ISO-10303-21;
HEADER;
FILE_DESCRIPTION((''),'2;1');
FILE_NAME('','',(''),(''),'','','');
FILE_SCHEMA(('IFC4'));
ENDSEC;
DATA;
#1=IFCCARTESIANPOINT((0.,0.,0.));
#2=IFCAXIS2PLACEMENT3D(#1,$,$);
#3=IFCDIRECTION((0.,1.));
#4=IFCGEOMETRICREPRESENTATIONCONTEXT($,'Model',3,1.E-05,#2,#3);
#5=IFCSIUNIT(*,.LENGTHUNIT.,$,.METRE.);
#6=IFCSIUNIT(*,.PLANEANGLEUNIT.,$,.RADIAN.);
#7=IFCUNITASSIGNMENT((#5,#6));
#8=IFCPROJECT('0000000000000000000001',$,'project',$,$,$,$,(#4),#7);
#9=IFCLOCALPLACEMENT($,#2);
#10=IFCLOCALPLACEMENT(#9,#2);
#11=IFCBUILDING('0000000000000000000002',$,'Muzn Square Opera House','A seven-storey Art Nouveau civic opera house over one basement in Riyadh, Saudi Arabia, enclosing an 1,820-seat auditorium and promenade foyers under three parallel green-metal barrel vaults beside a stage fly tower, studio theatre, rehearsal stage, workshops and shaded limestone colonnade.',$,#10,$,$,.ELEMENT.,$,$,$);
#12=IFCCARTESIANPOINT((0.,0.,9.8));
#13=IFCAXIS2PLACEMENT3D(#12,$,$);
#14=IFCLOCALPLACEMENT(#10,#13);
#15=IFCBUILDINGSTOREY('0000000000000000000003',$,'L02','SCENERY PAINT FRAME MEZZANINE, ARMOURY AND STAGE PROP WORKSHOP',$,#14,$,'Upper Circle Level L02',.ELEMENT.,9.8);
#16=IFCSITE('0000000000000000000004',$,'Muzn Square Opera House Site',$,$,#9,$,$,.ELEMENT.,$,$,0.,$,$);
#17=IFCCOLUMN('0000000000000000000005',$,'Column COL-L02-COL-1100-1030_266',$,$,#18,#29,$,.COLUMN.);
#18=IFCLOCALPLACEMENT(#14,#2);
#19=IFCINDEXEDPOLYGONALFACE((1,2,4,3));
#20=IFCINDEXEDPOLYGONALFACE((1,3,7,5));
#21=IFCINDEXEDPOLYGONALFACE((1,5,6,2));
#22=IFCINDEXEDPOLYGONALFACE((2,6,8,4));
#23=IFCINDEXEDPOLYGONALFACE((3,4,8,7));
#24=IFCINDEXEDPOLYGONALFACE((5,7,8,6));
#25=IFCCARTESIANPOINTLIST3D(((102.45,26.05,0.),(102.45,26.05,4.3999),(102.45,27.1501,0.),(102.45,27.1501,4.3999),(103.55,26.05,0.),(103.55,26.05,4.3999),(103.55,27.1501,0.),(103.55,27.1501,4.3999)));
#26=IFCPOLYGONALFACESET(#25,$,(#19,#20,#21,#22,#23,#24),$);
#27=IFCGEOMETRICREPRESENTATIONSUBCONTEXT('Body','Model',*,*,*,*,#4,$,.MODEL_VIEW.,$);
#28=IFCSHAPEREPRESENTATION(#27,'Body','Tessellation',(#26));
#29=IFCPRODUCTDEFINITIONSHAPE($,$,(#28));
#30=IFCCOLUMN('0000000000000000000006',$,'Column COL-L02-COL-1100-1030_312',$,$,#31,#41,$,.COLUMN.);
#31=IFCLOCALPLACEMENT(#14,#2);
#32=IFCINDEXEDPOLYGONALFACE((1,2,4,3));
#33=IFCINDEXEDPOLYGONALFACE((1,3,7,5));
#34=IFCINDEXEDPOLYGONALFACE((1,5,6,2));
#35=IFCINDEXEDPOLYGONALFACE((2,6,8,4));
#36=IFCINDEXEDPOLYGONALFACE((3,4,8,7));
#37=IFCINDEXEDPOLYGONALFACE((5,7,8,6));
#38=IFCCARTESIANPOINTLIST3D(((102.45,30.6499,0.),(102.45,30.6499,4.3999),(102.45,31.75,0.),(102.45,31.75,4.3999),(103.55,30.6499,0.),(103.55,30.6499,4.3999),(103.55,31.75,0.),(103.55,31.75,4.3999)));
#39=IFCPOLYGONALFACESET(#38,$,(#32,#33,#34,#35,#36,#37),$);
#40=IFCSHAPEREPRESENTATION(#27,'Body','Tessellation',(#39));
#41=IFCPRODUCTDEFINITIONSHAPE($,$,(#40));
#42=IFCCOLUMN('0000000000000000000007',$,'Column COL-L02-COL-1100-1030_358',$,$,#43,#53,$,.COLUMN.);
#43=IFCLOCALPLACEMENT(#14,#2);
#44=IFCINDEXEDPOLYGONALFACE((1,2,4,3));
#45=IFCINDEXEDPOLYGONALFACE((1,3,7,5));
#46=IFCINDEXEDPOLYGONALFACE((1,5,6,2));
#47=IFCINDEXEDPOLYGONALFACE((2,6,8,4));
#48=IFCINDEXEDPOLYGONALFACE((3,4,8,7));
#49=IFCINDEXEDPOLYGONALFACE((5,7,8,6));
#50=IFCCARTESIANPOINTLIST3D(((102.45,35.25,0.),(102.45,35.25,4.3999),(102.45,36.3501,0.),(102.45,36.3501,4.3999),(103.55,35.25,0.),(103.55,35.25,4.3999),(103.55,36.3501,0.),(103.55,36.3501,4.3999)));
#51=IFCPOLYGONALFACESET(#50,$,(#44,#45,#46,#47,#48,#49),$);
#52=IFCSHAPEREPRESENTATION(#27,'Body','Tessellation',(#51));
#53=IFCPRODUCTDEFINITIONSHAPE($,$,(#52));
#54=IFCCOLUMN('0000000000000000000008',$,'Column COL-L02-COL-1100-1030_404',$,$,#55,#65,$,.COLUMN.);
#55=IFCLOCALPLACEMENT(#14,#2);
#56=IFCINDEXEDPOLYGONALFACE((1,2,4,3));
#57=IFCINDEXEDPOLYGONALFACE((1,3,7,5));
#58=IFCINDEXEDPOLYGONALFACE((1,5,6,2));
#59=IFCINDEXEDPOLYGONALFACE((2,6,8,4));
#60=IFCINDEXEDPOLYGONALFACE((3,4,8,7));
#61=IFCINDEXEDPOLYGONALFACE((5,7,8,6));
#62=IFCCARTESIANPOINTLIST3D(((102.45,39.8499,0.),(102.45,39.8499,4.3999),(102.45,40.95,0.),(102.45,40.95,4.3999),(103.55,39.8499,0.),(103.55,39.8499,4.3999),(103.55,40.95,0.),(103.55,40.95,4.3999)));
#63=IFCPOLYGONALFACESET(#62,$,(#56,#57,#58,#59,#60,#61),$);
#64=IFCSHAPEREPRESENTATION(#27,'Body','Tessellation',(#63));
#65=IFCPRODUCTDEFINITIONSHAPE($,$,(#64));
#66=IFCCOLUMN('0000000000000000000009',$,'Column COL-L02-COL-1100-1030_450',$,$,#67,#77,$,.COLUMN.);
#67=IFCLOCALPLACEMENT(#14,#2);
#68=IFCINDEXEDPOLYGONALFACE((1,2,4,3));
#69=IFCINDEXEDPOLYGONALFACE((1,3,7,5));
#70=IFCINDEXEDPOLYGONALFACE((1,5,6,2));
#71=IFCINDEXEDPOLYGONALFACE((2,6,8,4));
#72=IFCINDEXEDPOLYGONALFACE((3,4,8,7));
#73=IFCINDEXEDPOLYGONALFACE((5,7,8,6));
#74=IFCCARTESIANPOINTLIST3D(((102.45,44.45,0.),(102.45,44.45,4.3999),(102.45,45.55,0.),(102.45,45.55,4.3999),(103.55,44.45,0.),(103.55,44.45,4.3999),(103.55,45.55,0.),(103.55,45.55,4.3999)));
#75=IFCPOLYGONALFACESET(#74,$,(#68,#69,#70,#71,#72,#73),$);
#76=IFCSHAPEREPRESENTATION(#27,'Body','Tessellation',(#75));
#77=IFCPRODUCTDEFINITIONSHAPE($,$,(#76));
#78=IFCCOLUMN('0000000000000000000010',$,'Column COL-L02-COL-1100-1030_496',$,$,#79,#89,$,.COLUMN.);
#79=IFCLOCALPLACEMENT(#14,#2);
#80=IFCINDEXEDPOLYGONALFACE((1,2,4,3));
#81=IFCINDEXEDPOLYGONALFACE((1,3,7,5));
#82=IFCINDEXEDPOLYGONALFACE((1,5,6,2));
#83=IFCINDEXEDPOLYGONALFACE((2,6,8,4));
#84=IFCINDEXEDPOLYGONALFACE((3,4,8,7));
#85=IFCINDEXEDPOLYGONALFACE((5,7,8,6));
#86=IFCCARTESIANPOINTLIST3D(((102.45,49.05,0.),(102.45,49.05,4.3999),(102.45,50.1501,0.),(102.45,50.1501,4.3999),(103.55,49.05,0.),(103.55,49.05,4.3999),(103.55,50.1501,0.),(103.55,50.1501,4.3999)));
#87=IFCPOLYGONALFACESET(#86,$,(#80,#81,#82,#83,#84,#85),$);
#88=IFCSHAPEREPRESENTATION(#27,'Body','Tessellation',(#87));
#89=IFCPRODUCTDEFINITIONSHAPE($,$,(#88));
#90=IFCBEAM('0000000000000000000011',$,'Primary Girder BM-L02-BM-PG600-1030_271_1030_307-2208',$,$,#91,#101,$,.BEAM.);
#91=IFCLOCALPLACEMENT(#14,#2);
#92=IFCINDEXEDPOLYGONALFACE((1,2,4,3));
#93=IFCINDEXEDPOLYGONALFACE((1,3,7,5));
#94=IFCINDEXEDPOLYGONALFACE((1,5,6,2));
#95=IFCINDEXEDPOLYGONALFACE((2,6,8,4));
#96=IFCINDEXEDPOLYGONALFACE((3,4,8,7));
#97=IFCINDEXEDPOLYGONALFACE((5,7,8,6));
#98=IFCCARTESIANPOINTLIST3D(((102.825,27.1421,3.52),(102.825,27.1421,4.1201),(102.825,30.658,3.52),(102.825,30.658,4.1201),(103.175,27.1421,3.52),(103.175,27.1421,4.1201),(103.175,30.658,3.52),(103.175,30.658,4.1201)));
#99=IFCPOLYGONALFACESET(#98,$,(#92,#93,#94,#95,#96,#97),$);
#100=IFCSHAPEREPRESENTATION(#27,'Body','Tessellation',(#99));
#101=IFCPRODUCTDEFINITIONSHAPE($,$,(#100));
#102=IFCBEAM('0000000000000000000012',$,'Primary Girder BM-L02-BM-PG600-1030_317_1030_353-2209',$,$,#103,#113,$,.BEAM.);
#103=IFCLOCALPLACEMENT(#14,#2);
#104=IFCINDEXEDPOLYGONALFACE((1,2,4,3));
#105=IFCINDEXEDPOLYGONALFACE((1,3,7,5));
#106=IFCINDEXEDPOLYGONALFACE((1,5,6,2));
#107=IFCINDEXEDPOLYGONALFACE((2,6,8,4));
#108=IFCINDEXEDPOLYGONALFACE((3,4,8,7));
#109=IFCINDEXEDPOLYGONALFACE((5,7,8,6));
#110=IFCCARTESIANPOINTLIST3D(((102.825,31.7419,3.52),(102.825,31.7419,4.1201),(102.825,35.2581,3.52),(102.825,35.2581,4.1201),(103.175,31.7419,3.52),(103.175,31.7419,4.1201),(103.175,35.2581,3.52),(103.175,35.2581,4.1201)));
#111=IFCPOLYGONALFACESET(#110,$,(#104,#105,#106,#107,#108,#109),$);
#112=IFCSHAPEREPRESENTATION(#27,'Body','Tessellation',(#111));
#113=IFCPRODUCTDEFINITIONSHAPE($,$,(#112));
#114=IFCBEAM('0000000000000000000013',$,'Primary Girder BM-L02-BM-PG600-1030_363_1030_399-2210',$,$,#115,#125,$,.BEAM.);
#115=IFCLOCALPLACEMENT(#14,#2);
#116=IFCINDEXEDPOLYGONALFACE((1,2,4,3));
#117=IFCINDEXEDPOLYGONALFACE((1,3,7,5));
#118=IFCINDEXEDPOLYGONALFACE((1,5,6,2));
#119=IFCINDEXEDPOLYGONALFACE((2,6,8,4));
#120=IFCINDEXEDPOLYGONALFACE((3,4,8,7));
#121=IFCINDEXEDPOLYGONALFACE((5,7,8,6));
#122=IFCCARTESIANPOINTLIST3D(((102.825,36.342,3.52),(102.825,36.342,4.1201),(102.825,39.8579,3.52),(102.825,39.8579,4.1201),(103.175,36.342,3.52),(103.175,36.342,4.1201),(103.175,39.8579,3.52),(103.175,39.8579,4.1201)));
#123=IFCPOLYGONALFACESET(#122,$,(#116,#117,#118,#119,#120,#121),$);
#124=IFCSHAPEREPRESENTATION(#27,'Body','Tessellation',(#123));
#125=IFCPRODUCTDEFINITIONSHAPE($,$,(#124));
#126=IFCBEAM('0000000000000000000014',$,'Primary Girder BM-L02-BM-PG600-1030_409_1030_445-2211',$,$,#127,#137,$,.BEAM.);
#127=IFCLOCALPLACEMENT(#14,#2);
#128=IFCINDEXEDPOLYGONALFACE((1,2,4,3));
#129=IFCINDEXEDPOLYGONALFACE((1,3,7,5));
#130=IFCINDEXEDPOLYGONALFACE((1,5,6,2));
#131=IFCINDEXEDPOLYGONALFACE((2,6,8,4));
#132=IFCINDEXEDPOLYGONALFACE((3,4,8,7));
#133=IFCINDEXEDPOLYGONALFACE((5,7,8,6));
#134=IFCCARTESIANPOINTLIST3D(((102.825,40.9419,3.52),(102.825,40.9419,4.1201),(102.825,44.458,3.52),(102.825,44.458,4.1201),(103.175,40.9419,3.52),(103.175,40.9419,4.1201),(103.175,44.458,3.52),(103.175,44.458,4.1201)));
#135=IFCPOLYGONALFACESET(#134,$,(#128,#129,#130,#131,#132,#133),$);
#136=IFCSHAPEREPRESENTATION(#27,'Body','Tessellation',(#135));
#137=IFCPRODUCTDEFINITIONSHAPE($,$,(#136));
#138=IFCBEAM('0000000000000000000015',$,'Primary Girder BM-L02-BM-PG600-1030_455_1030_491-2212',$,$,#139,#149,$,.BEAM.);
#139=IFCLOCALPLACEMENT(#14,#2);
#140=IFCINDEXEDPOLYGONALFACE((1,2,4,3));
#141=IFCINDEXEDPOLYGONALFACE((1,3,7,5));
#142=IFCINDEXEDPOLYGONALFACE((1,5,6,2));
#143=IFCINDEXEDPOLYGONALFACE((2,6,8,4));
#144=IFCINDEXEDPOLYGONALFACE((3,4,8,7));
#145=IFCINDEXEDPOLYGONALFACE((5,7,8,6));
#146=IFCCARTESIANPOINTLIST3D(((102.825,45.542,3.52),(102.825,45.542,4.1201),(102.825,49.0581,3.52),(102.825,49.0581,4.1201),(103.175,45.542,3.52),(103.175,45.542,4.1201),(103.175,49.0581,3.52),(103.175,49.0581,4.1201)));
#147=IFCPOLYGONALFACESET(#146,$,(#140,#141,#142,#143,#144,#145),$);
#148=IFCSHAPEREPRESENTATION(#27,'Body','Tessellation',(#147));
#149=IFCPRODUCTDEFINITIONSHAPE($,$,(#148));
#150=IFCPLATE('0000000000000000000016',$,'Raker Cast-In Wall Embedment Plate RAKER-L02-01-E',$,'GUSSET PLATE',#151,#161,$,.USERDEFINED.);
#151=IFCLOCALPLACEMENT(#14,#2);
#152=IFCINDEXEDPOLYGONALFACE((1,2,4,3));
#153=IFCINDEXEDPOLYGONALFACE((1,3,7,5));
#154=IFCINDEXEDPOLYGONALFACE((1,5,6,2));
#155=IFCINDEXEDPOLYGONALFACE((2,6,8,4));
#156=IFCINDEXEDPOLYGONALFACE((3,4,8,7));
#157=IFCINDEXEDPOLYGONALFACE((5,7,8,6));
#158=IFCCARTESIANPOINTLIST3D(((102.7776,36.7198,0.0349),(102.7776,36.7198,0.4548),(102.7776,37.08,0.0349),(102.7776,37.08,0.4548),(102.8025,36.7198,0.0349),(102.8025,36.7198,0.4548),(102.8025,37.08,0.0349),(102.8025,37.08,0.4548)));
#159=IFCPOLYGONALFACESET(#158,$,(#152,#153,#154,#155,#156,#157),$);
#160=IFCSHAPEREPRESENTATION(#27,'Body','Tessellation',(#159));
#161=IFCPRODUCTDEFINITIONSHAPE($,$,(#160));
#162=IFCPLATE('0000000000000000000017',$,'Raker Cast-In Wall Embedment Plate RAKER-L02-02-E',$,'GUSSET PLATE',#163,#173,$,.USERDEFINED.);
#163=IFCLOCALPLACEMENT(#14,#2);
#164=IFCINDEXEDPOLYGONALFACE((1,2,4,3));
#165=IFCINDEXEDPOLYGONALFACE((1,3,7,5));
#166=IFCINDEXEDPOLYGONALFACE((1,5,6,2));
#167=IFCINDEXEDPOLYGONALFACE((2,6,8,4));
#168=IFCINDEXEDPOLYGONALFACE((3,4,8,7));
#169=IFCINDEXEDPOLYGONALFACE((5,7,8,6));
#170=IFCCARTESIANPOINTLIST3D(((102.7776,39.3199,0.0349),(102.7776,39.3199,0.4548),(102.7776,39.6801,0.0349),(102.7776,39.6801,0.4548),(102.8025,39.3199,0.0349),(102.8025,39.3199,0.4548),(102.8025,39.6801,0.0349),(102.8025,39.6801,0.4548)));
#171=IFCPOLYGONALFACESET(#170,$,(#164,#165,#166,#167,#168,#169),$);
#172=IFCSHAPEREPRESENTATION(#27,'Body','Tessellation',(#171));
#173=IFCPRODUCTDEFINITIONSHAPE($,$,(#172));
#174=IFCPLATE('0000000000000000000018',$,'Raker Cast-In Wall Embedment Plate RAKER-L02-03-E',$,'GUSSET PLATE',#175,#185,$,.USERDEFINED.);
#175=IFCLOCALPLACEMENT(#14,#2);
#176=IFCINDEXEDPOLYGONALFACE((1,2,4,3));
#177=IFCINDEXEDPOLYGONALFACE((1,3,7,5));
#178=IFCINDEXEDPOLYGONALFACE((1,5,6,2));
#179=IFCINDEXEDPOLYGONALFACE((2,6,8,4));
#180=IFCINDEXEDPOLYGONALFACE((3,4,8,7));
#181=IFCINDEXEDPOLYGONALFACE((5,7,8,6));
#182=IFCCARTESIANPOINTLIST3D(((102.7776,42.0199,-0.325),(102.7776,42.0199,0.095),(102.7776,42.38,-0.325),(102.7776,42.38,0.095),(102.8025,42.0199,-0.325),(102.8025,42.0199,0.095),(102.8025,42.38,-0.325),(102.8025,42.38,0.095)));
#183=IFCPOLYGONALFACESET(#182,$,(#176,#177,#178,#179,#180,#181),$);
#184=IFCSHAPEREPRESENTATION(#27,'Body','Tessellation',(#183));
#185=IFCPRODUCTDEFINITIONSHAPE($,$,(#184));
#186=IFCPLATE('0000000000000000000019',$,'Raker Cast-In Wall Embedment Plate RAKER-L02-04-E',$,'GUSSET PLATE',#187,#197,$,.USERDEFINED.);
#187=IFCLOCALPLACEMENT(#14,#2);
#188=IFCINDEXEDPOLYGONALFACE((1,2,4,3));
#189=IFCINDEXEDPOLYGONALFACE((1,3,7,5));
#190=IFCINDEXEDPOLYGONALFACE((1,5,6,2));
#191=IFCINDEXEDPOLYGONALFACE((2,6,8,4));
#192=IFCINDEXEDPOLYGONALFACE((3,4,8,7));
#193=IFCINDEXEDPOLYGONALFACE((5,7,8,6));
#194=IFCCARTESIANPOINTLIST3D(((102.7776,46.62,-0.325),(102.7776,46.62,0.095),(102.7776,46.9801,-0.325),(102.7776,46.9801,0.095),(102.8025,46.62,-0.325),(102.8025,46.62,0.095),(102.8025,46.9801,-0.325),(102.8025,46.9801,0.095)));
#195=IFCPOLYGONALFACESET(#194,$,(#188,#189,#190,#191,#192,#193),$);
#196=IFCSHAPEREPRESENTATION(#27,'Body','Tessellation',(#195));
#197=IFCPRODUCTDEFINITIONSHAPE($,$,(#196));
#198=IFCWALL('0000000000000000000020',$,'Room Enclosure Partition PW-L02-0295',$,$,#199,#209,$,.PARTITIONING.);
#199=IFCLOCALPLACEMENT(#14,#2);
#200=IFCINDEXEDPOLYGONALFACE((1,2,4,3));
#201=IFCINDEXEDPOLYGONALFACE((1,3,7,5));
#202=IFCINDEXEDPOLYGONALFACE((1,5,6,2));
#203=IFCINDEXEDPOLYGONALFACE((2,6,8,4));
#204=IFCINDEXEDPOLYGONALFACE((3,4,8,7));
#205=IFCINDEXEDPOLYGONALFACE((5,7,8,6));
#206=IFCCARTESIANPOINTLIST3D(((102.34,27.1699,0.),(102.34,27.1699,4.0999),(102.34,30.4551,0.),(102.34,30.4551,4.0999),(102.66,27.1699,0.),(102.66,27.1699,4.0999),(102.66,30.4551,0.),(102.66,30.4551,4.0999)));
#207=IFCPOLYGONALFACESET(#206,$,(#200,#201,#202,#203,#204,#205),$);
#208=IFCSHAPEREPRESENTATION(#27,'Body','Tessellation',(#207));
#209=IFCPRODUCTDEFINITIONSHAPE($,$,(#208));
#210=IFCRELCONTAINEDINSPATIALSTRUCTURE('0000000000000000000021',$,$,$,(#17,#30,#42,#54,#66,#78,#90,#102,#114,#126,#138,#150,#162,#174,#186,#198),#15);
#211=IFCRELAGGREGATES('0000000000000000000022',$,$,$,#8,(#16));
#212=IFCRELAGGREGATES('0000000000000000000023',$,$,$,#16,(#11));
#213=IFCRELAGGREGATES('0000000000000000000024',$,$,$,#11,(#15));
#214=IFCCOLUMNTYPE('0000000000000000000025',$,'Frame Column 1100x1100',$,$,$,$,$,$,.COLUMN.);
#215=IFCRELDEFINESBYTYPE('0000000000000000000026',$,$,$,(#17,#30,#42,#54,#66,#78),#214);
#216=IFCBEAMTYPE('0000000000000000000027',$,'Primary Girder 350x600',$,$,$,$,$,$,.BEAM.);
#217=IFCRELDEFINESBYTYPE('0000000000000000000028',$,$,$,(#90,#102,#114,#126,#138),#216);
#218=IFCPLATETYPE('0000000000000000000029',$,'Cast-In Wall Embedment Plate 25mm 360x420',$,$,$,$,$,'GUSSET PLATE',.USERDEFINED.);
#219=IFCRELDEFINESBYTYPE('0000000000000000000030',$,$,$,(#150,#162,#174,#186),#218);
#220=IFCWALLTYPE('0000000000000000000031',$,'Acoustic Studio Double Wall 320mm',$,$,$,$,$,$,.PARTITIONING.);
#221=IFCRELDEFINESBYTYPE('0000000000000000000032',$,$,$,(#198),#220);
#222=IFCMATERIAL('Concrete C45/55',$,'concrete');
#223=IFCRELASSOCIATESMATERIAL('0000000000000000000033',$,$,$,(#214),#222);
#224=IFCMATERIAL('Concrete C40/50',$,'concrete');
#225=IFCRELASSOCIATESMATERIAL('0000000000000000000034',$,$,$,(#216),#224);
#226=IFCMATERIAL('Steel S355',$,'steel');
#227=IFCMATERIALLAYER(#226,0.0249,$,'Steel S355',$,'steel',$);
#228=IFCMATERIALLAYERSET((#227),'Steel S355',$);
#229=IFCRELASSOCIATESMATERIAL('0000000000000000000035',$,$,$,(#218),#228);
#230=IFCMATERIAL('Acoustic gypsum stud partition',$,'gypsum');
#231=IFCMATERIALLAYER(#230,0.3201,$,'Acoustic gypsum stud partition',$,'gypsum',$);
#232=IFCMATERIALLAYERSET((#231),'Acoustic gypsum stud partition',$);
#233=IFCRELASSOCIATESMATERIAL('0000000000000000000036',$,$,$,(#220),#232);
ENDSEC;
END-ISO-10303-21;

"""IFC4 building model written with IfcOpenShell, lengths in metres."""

from ifc_helpers import new_model, si_unit, direction, frame, frame_2d, origin, origin_2d, place, context, subcontext, project, spatial, rectangle, extrude, material, layer, layer_set, material_profile, profile_set, type_object, element, save


model = new_model("IFC4")

# Units and contexts
model_context = context("Model", 3, precision=1e-05, world=origin(), true_north=direction((0.0, 1.0)))
body_context = subcontext(model_context, "Body", "Model", "MODEL_VIEW")
ifc_project = project(units=[si_unit("LENGTHUNIT", "METRE"), si_unit("PLANEANGLEUNIT", "RADIAN")], contexts=[model_context])

# Site, building, storey
site_placement = place(None, origin())
site = spatial("IfcSite", under=ifc_project, at=site_placement, Name="Muzn Square Opera House Site", CompositionType="ELEMENT", RefElevation=0.0)
building_placement = place(site_placement, origin())
building = spatial("IfcBuilding", under=site, at=building_placement, Name="Muzn Square Opera House", Description="A seven-storey Art Nouveau civic opera house over one basement in Riyadh, Saudi Arabia, enclosing an 1,820-seat auditorium and promenade foyers under three parallel green-metal barrel vaults beside a stage fly tower, studio theatre, rehearsal stage, workshops and shaded limestone colonnade.", CompositionType="ELEMENT")
storey_placement = place(building_placement, frame((0.0, 0.0, 9.8)))
storey = spatial("IfcBuildingStorey", under=building, at=storey_placement, Name="L02", Description="SCENERY PAINT FRAME MEZZANINE, ARMOURY AND STAGE PROP WORKSHOP", LongName="Upper Circle Level L02", CompositionType="ELEMENT", Elevation=9.8)

# Columns
ifc_material_1 = material(Name="Concrete C45/55", Category="concrete")
ifc_material_profile_1 = material_profile(ifc_material_1, rectangle(XDim=1.1001, YDim=1.1001, at=origin_2d()), Name="RC 1100x1100", Category="concrete")
ifc_profile_set_1 = profile_set([ifc_material_profile_1], Name="Concrete C45/55")
column_type = type_object("IfcColumnType", Name="Frame Column 1100x1100", PredefinedType="COLUMN", material=ifc_profile_set_1)
for number, where, z_axis, x_axis, name in (
    (1, (103.0, 26.6001, 0.0), (0.0, 0.0, 1.0), (1.0, 0.0, 0.0), "Column COL-L02-COL-1100-1030_266"),
    (2, (103.0, 31.2, 0.0), (0.0, 0.0, 1.0), (1.0, 0.0, 0.0), "Column COL-L02-COL-1100-1030_312"),
    (3, (103.0, 35.8, 0.0), (0.0, 0.0, 1.0), (1.0, 0.0, 0.0), "Column COL-L02-COL-1100-1030_358"),
    (4, (103.0, 40.3999, 0.0), (0.0, 0.0, 1.0), (1.0, 0.0, 0.0), "Column COL-L02-COL-1100-1030_404"),
    (5, (103.0, 45.0, 0.0), (0.0, 0.0, 1.0), (1.0, 0.0, 0.0), "Column COL-L02-COL-1100-1030_450"),
    (6, (103.0, 49.6001, 0.0), (0.0, 0.0, 1.0), (1.0, 0.0, 0.0), "Column COL-L02-COL-1100-1030_496"),
):
    element("IfcColumn", number, at=place(storey_placement, frame(where, z_axis=z_axis, x_axis=x_axis)), inside=storey, type_object=column_type, Name=name, PredefinedType="COLUMN", context=body_context, shape_type="SweptSolid", body=[
        extrude(rectangle(XDim=1.1001, YDim=1.1001, at=origin_2d()), origin(), (0.0, 0.0, 1.0), 4.3999),
    ])

# Beams
ifc_material_2 = material(Name="Concrete C40/50", Category="concrete")
ifc_material_profile_2 = material_profile(ifc_material_2, rectangle(XDim=0.3501, YDim=0.6001, at=origin_2d()), Name="RCB 350x600", Category="concrete")
ifc_profile_set_2 = profile_set([ifc_material_profile_2], Name="Concrete C40/50")
beam_type = type_object("IfcBeamType", Name="Primary Girder 350x600", PredefinedType="BEAM", material=ifc_profile_set_2)
beam_1_placement = place(storey_placement, frame((103.0, 27.1421, 3.8201), z_axis=(0.0, 1.0, 0.0), x_axis=(-1.0, 0.0, 0.0)))
element("IfcBeam", 7, at=beam_1_placement, inside=storey, type_object=beam_type, Name="Primary Girder BM-L02-BM-PG600-1030_271_1030_307-2208", PredefinedType="BEAM", context=body_context, shape_type="SweptSolid", body=[
    extrude(rectangle(XDim=0.3501, YDim=0.6001, at=origin_2d()), origin(), (0.0, 0.0, 1.0), 3.5159),
])
beam_2_placement = place(storey_placement, frame((103.0, 31.7419, 3.8201), z_axis=(0.0, 1.0, 0.0), x_axis=(-1.0, 0.0, 0.0)))
element("IfcBeam", 8, at=beam_2_placement, inside=storey, type_object=beam_type, Name="Primary Girder BM-L02-BM-PG600-1030_317_1030_353-2209", PredefinedType="BEAM", context=body_context, shape_type="SweptSolid", body=[
    extrude(rectangle(XDim=0.3501, YDim=0.6001, at=origin_2d()), origin(), (0.0, 0.0, 1.0), 3.5161),
])
beam_3_placement = place(storey_placement, frame((103.0, 36.342, 3.8201), z_axis=(0.0, 1.0, 0.0), x_axis=(-1.0, 0.0, 0.0)))
element("IfcBeam", 9, at=beam_3_placement, inside=storey, type_object=beam_type, Name="Primary Girder BM-L02-BM-PG600-1030_363_1030_399-2210", PredefinedType="BEAM", context=body_context, shape_type="SweptSolid", body=[
    extrude(rectangle(XDim=0.3501, YDim=0.6001, at=origin_2d()), origin(), (0.0, 0.0, 1.0), 3.5159),
])
for number, where, z_axis, x_axis, name in (
    (10, (103.0, 40.9419, 3.8201), (0.0, 1.0, 0.0), (-1.0, 0.0, 0.0), "Primary Girder BM-L02-BM-PG600-1030_409_1030_445-2211"),
    (11, (103.0, 45.542, 3.8201), (0.0, 1.0, 0.0), (-1.0, 0.0, 0.0), "Primary Girder BM-L02-BM-PG600-1030_455_1030_491-2212"),
):
    element("IfcBeam", number, at=place(storey_placement, frame(where, z_axis=z_axis, x_axis=x_axis)), inside=storey, type_object=beam_type, Name=name, PredefinedType="BEAM", context=body_context, shape_type="SweptSolid", body=[
        extrude(rectangle(XDim=0.3501, YDim=0.6001, at=origin_2d()), origin(), (0.0, 0.0, 1.0), 3.5161),
    ])

# Plates
ifc_material_3 = material(Name="Steel S355", Category="steel")
ifc_layer_1 = layer(ifc_material_3, 0.0249, Name="Steel S355", Category="steel")
ifc_layer_set_1 = layer_set([ifc_layer_1], Name="Steel S355")
plate_type = type_object("IfcPlateType", Name="Cast-In Wall Embedment Plate 25mm 360x420", ElementType="GUSSET PLATE", PredefinedType="USERDEFINED", material=ifc_layer_set_1)
for number, where, z_axis, x_axis, name in (
    (12, (102.79, 36.8999, 0.0349), (0.0, 0.0, 1.0), (1.0, 0.0, 0.0), "Raker Cast-In Wall Embedment Plate RAKER-L02-01-E"),
    (13, (102.79, 39.5, 0.0349), (0.0, 0.0, 1.0), (1.0, 0.0, 0.0), "Raker Cast-In Wall Embedment Plate RAKER-L02-02-E"),
    (14, (102.79, 42.2, -0.325), (0.0, 0.0, 1.0), (1.0, 0.0, 0.0), "Raker Cast-In Wall Embedment Plate RAKER-L02-03-E"),
    (15, (102.79, 46.8, -0.325), (0.0, 0.0, 1.0), (1.0, 0.0, 0.0), "Raker Cast-In Wall Embedment Plate RAKER-L02-04-E"),
):
    element("IfcPlate", number, at=place(storey_placement, frame(where, z_axis=z_axis, x_axis=x_axis)), inside=storey, type_object=plate_type, Name=name, ObjectType="GUSSET PLATE", PredefinedType="USERDEFINED", context=body_context, shape_type="SweptSolid", body=[
        extrude(rectangle(XDim=0.0249, YDim=0.3601, at=origin_2d()), origin(), (0.0, 0.0, 1.0), 0.4199),
    ])

# Wall
ifc_material_4 = material(Name="Acoustic gypsum stud partition", Category="gypsum")
ifc_layer_2 = layer(ifc_material_4, 0.3201, Name="Acoustic gypsum stud partition", Category="gypsum")
ifc_layer_set_2 = layer_set([ifc_layer_2], Name="Acoustic gypsum stud partition")
wall_type_1 = type_object("IfcWallType", Name="Acoustic Studio Double Wall 320mm", PredefinedType="PARTITIONING", material=ifc_layer_set_2)
wall_placement = place(storey_placement, frame((102.5, 27.1699, 0.0), z_axis=(0.0, 0.0, 1.0), x_axis=(0.0, 1.0, 0.0)))
element("IfcWall", 16, at=wall_placement, inside=storey, type_object=wall_type_1, Name="Room Enclosure Partition PW-L02-0295", PredefinedType="PARTITIONING", context=body_context, shape_type="SweptSolid", body=[
    extrude(rectangle(XDim=3.2852, YDim=0.3201, at=frame_2d((1.6426, 0.0))), origin(), (0.0, 0.0, 1.0), 4.0999),
])

save(model, "model.ifc")
